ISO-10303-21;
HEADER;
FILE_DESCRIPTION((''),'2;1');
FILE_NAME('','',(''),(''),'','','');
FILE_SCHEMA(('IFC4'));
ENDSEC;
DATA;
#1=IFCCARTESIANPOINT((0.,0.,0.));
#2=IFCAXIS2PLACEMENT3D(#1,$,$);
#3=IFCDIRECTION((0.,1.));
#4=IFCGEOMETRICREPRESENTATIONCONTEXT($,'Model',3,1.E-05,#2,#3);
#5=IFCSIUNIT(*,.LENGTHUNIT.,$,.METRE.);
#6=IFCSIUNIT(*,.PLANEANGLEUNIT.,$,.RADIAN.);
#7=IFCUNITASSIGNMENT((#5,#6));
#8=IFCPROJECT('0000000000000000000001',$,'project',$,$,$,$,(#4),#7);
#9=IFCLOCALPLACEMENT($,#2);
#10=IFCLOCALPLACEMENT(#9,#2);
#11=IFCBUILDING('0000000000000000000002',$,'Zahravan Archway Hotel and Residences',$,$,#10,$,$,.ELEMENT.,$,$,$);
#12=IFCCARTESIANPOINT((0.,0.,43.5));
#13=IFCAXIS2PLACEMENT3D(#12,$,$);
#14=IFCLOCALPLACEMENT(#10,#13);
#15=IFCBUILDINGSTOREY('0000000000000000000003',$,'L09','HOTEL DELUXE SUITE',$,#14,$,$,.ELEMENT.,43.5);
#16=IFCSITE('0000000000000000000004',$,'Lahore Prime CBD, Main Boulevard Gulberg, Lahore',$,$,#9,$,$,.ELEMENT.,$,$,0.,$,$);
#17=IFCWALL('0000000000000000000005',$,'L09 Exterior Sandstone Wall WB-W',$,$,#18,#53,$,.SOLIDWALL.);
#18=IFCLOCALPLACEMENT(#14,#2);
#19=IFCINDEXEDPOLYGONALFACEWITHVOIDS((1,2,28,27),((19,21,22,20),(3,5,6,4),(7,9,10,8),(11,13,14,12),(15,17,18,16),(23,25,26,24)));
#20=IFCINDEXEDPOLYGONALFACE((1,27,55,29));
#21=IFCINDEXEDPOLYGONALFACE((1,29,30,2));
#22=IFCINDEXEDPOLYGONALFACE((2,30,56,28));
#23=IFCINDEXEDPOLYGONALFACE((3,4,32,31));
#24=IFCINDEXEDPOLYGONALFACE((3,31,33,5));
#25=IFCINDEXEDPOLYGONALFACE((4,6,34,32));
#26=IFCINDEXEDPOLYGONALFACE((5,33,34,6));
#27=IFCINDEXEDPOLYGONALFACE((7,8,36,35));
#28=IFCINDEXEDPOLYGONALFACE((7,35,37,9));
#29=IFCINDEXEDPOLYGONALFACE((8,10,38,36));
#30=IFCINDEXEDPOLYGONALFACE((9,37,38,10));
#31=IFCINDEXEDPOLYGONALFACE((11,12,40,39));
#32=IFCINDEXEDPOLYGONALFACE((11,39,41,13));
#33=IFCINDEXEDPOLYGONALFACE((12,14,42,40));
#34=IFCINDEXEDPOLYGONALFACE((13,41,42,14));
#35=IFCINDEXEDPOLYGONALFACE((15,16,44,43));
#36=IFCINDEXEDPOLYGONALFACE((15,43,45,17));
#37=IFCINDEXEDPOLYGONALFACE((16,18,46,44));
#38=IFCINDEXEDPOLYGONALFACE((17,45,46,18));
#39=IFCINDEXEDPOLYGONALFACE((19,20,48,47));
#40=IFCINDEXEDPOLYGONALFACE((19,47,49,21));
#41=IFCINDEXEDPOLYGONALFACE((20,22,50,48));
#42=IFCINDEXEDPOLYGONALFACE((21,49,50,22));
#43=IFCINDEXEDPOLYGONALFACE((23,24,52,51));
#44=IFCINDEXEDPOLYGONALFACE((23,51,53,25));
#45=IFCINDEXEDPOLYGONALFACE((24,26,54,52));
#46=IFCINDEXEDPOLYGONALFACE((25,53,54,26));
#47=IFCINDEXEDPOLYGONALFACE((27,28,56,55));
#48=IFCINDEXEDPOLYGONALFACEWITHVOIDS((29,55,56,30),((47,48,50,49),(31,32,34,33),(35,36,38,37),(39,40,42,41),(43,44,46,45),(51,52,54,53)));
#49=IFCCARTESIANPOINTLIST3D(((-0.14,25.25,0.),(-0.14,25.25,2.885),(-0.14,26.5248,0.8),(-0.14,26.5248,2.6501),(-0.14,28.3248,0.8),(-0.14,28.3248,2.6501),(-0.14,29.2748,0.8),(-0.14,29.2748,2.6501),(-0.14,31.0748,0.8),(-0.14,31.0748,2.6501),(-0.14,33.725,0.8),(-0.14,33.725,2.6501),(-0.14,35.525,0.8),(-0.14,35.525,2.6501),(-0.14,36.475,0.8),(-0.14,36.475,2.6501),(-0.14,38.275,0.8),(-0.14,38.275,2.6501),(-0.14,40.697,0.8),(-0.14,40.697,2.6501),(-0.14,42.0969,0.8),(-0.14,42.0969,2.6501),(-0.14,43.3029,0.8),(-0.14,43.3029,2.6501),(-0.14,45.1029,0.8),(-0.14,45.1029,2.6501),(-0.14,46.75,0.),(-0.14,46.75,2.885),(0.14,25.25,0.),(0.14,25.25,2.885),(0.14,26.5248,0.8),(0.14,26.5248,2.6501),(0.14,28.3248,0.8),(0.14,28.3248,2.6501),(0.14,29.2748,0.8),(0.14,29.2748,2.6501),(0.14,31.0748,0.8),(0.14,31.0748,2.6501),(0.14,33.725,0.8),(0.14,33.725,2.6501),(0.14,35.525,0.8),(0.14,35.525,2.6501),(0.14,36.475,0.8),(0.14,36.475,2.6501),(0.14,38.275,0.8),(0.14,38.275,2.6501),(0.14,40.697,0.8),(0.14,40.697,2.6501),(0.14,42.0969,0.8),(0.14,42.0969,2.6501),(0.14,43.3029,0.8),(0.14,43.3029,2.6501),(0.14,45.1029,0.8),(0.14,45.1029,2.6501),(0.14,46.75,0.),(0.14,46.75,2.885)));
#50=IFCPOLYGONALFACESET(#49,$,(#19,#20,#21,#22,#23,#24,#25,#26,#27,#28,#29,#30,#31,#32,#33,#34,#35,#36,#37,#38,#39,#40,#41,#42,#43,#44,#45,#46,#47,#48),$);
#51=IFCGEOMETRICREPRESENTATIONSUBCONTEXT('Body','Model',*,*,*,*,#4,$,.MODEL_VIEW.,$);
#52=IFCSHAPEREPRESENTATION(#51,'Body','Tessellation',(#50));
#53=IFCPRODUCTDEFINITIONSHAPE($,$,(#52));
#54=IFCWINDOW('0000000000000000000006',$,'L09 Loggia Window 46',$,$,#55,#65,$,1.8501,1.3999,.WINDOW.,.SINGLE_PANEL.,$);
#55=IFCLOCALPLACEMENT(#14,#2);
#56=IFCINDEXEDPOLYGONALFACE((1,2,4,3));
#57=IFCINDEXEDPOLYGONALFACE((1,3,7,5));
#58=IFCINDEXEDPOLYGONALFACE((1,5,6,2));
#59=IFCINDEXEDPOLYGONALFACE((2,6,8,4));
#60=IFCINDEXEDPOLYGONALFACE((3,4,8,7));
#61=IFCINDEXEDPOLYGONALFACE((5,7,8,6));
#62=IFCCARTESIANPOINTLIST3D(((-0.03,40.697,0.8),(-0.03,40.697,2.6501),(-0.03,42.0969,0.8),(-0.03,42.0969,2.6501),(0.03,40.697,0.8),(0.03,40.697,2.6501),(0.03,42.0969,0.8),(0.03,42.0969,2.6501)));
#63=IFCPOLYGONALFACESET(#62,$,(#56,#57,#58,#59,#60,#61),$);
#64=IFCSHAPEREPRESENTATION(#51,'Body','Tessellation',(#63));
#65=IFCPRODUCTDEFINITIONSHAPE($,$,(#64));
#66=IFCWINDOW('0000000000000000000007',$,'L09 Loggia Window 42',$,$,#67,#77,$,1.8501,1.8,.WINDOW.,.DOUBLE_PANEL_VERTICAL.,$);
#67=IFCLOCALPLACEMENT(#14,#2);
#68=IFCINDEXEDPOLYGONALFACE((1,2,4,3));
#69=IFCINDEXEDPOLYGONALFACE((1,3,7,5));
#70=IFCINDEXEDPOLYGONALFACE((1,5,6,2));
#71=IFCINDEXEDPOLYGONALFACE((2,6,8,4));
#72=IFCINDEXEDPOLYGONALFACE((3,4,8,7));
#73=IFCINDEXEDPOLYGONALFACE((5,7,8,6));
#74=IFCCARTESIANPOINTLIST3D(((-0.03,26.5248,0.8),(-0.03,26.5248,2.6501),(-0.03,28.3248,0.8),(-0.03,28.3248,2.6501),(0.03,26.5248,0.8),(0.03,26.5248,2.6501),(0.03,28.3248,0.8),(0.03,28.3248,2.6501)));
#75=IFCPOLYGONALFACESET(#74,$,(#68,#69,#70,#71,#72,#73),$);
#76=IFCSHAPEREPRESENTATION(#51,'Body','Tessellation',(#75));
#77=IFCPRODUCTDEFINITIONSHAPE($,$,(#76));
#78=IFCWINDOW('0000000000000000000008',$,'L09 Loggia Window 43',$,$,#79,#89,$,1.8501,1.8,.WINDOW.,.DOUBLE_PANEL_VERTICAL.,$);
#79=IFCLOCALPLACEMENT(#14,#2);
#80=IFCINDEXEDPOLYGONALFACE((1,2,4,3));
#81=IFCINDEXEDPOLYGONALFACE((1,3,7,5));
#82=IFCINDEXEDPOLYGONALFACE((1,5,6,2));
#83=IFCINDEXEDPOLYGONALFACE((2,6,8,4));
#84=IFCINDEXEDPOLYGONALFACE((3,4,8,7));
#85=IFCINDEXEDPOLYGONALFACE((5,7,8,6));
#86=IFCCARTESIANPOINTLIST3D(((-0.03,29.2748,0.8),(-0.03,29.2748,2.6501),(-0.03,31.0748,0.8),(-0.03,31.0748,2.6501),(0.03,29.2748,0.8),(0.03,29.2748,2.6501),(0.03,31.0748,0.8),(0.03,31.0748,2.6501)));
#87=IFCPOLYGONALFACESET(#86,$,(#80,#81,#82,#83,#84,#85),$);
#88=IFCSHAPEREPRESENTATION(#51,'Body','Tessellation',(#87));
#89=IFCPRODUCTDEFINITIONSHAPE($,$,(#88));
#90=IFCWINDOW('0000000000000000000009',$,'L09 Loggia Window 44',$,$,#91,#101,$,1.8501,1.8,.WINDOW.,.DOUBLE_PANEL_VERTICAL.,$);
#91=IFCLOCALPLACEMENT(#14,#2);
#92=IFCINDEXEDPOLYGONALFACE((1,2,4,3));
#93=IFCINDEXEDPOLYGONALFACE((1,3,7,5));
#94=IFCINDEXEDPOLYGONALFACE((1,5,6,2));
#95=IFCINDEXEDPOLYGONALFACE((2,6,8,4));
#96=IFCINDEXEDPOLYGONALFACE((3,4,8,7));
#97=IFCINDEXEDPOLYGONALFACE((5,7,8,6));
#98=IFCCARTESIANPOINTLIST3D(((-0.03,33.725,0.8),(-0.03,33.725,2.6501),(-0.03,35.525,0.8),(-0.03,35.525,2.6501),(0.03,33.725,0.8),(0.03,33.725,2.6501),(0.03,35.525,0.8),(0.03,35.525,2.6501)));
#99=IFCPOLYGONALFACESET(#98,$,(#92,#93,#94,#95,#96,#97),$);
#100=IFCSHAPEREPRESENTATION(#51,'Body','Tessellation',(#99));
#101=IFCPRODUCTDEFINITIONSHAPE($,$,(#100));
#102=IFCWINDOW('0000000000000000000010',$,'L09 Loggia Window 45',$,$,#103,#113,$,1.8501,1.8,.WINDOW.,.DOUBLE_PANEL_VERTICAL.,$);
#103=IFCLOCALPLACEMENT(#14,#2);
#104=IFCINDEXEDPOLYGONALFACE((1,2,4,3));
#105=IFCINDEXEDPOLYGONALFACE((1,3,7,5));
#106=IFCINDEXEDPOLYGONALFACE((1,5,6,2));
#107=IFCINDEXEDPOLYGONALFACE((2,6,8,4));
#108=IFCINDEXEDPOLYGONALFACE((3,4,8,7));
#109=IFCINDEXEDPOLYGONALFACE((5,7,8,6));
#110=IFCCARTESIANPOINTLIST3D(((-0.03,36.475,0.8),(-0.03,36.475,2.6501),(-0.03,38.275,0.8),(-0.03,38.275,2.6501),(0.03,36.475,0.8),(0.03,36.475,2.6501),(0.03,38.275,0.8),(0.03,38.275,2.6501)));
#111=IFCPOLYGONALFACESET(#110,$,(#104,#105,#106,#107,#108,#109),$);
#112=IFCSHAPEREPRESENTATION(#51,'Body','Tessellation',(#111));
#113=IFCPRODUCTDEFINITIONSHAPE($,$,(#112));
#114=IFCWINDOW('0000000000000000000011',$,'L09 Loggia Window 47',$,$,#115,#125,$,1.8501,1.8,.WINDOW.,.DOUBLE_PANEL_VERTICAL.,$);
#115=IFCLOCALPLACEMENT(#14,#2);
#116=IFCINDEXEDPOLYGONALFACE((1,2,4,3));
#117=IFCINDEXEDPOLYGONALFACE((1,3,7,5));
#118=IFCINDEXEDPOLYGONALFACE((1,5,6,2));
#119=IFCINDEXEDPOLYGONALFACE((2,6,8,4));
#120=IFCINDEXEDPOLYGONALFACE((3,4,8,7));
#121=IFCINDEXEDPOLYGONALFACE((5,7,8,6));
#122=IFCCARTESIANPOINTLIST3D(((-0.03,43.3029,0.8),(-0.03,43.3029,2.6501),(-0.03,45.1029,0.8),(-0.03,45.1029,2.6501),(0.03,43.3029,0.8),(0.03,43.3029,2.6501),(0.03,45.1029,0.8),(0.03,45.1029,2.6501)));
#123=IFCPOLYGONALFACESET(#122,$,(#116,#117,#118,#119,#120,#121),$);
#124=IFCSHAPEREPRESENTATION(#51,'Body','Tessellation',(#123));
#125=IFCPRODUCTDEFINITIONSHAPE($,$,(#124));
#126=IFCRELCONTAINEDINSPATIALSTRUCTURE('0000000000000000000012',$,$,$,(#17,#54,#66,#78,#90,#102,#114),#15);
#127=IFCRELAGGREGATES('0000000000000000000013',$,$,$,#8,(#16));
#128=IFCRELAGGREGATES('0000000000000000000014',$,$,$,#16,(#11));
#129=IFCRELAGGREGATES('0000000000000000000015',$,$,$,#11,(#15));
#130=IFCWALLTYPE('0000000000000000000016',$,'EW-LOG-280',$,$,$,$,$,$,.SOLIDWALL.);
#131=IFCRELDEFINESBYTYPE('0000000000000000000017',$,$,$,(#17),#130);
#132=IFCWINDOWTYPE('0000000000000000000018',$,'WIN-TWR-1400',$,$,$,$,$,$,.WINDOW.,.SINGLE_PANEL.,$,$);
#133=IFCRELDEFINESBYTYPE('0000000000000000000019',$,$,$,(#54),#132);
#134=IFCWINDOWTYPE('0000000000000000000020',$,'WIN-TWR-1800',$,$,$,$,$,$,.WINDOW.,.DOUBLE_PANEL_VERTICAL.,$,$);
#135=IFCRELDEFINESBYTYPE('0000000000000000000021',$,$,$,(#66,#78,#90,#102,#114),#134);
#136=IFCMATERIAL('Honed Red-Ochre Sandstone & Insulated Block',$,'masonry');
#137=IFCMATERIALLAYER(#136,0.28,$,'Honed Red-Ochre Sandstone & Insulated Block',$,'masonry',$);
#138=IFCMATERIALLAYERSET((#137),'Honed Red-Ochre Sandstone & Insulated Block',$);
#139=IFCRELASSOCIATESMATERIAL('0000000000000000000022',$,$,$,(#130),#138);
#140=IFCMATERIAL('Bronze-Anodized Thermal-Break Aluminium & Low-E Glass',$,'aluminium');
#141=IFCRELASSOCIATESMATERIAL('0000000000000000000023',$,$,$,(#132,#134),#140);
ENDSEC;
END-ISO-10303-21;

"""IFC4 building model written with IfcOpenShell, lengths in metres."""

from ifc_helpers import new_model, si_unit, direction, frame, frame_2d, origin, place, context, subcontext, project, spatial, rectangle, extrude, source, transform, mapped, material, layer, layer_set, type_object, type_shapes, element, fill, save


model = new_model("IFC4")

# Units and contexts
model_context = context("Model", 3, precision=1e-05, world=origin(), true_north=direction((0.0, 1.0)))
body_context = subcontext(model_context, "Body", "Model", "MODEL_VIEW")
ifc_project = project(units=[si_unit("LENGTHUNIT", "METRE"), si_unit("PLANEANGLEUNIT", "RADIAN")], contexts=[model_context])

# Site, building, storey
site_placement = place(None, origin())
site = spatial("IfcSite", under=ifc_project, at=site_placement, Name="Lahore Prime CBD, Main Boulevard Gulberg, Lahore", CompositionType="ELEMENT", RefElevation=0.0)
building_placement = place(site_placement, origin())
building = spatial("IfcBuilding", under=site, at=building_placement, Name="Zahravan Archway Hotel and Residences", CompositionType="ELEMENT")
storey_placement = place(building_placement, frame((0.0, 0.0, 43.5)))
storey = spatial("IfcBuildingStorey", under=building, at=storey_placement, Name="L09", Description="HOTEL DELUXE SUITE", CompositionType="ELEMENT", Elevation=43.5)

# Shared definitions
ifc_material_1 = material(Name="Honed Red-Ochre Sandstone & Insulated Block", Category="masonry")
ifc_layer_1 = layer(ifc_material_1, 0.28, Name="Honed Red-Ochre Sandstone & Insulated Block", Category="masonry")
ifc_layer_set_1 = layer_set([ifc_layer_1], Name="Honed Red-Ochre Sandstone & Insulated Block")
wall_type_1 = type_object("IfcWallType", Name="EW-LOG-280", PredefinedType="SOLIDWALL", material=ifc_layer_set_1)

# Wall, openings, windows
wall_1_placement = place(storey_placement, frame((0.0, 25.25, 0.0), z_axis=(0.0, 0.0, 1.0), x_axis=(0.0, 1.0, 0.0)))
wall_1 = element("IfcWall", 1, at=wall_1_placement, inside=storey, type_object=wall_type_1, Name="L09 Exterior Sandstone Wall WB-W", PredefinedType="SOLIDWALL", context=body_context, shape_type="SweptSolid", body=[
    extrude(rectangle(XDim=21.5, YDim=0.28, at=frame_2d((10.75, 0.0))), origin(), (0.0, 0.0, 1.0), 2.885),
])
opening_1_placement = place(wall_1_placement, frame((1.2749, 0.0, 0.8)))
opening_1 = element("IfcOpeningElement", 2, at=opening_1_placement, cuts=wall_1, PredefinedType="OPENING", context=body_context, shape_type="SweptSolid", body=[
    extrude(rectangle(XDim=1.8, YDim=1.8501, at=frame_2d((0.8999, 0.925))), frame((0.0, 0.1499, 0.0), z_axis=(0.0, -1.0, 0.0), x_axis=(1.0, 0.0, 0.0)), (0.0, 0.0, 1.0), 0.3),
])
opening_2_placement = place(wall_1_placement, frame((4.0249, 0.0, 0.8)))
opening_2 = element("IfcOpeningElement", 3, at=opening_2_placement, cuts=wall_1, PredefinedType="OPENING", context=body_context, shape_type="SweptSolid", body=[
    extrude(rectangle(XDim=1.8, YDim=1.8501, at=frame_2d((0.8999, 0.925))), frame((0.0, 0.1499, 0.0), z_axis=(0.0, -1.0, 0.0), x_axis=(1.0, 0.0, 0.0)), (0.0, 0.0, 1.0), 0.3),
])
opening_3_placement = place(wall_1_placement, frame((8.4751, 0.0, 0.8)))
opening_3 = element("IfcOpeningElement", 4, at=opening_3_placement, cuts=wall_1, PredefinedType="OPENING", context=body_context, shape_type="SweptSolid", body=[
    extrude(rectangle(XDim=1.8, YDim=1.8501, at=frame_2d((0.8999, 0.925))), frame((0.0, 0.1499, 0.0), z_axis=(0.0, -1.0, 0.0), x_axis=(1.0, 0.0, 0.0)), (0.0, 0.0, 1.0), 0.3),
])
opening_4_placement = place(wall_1_placement, frame((11.2251, 0.0, 0.8)))
opening_4 = element("IfcOpeningElement", 5, at=opening_4_placement, cuts=wall_1, PredefinedType="OPENING", context=body_context, shape_type="SweptSolid", body=[
    extrude(rectangle(XDim=1.8, YDim=1.8501, at=frame_2d((0.8999, 0.925))), frame((0.0, 0.1499, 0.0), z_axis=(0.0, -1.0, 0.0), x_axis=(1.0, 0.0, 0.0)), (0.0, 0.0, 1.0), 0.3),
])
opening_5_placement = place(wall_1_placement, frame((15.447, 0.0, 0.8)))
opening_5 = element("IfcOpeningElement", 6, at=opening_5_placement, cuts=wall_1, PredefinedType="OPENING", context=body_context, shape_type="SweptSolid", body=[
    extrude(rectangle(XDim=1.3999, YDim=1.8501, at=frame_2d((0.7, 0.925))), frame((0.0, 0.1499, 0.0), z_axis=(0.0, -1.0, 0.0), x_axis=(1.0, 0.0, 0.0)), (0.0, 0.0, 1.0), 0.3),
])
opening_6_placement = place(wall_1_placement, frame((18.053, 0.0, 0.8)))
opening_6 = element("IfcOpeningElement", 7, at=opening_6_placement, cuts=wall_1, PredefinedType="OPENING", context=body_context, shape_type="SweptSolid", body=[
    extrude(rectangle(XDim=1.8, YDim=1.8501, at=frame_2d((0.8999, 0.925))), frame((0.0, 0.1499, 0.0), z_axis=(0.0, -1.0, 0.0), x_axis=(1.0, 0.0, 0.0)), (0.0, 0.0, 1.0), 0.3),
])
ifc_material_2 = material(Name="Bronze-Anodized Thermal-Break Aluminium & Low-E Glass", Category="aluminium")
window_type_1 = type_object("IfcWindowType", Name="WIN-TWR-1400", PartitioningType="SINGLE_PANEL", PredefinedType="WINDOW", material=ifc_material_2)
shared_shape_1 = source(origin(), body_context, "Body", "SweptSolid", [
    extrude(rectangle(XDim=1.3999, YDim=1.8501, at=frame_2d((0.7, 0.925))), frame((0.0, 0.03, 0.0), z_axis=(0.0, -1.0, 0.0), x_axis=(1.0, 0.0, 0.0)), (0.0, 0.0, 1.0), 0.0601),
])
type_shapes(window_type_1, [shared_shape_1])
window_1_placement = place(opening_5_placement, origin())
window_1 = element("IfcWindow", 8, at=window_1_placement, inside=storey, type_object=window_type_1, Name="L09 Loggia Window 46", OverallHeight=1.8501, OverallWidth=1.3999, PartitioningType="SINGLE_PANEL", PredefinedType="WINDOW", context=body_context, shape_type="MappedRepresentation", body=[
    mapped(shared_shape_1, transform((0.0, 0.0, 0.0), scale=1.0)),
])
fill(opening_5, window_1)
window_type_2 = type_object("IfcWindowType", Name="WIN-TWR-1800", PartitioningType="DOUBLE_PANEL_VERTICAL", PredefinedType="WINDOW", material=ifc_material_2)
shared_shape_2 = source(origin(), body_context, "Body", "SweptSolid", [
    extrude(rectangle(XDim=1.8, YDim=1.8501, at=frame_2d((0.8999, 0.925))), frame((0.0, 0.03, 0.0), z_axis=(0.0, -1.0, 0.0), x_axis=(1.0, 0.0, 0.0)), (0.0, 0.0, 1.0), 0.0601),
])
type_shapes(window_type_2, [shared_shape_2])
window_2_placement = place(opening_1_placement, origin())
window_2 = element("IfcWindow", 9, at=window_2_placement, inside=storey, type_object=window_type_2, Name="L09 Loggia Window 42", OverallHeight=1.8501, OverallWidth=1.8, PartitioningType="DOUBLE_PANEL_VERTICAL", PredefinedType="WINDOW", context=body_context, shape_type="MappedRepresentation", body=[
    mapped(shared_shape_2, transform((0.0, 0.0, 0.0), scale=1.0)),
])
fill(opening_1, window_2)
window_3_placement = place(opening_2_placement, origin())
window_3 = element("IfcWindow", 10, at=window_3_placement, inside=storey, type_object=window_type_2, Name="L09 Loggia Window 43", OverallHeight=1.8501, OverallWidth=1.8, PartitioningType="DOUBLE_PANEL_VERTICAL", PredefinedType="WINDOW", context=body_context, shape_type="MappedRepresentation", body=[
    mapped(shared_shape_2, transform((0.0, 0.0, 0.0), scale=1.0)),
])
fill(opening_2, window_3)
window_4_placement = place(opening_3_placement, origin())
window_4 = element("IfcWindow", 11, at=window_4_placement, inside=storey, type_object=window_type_2, Name="L09 Loggia Window 44", OverallHeight=1.8501, OverallWidth=1.8, PartitioningType="DOUBLE_PANEL_VERTICAL", PredefinedType="WINDOW", context=body_context, shape_type="MappedRepresentation", body=[
    mapped(shared_shape_2, transform((0.0, 0.0, 0.0), scale=1.0)),
])
fill(opening_3, window_4)
window_5_placement = place(opening_4_placement, origin())
window_5 = element("IfcWindow", 12, at=window_5_placement, inside=storey, type_object=window_type_2, Name="L09 Loggia Window 45", OverallHeight=1.8501, OverallWidth=1.8, PartitioningType="DOUBLE_PANEL_VERTICAL", PredefinedType="WINDOW", context=body_context, shape_type="MappedRepresentation", body=[
    mapped(shared_shape_2, transform((0.0, 0.0, 0.0), scale=1.0)),
])
fill(opening_4, window_5)
window_6_placement = place(opening_6_placement, origin())
window_6 = element("IfcWindow", 13, at=window_6_placement, inside=storey, type_object=window_type_2, Name="L09 Loggia Window 47", OverallHeight=1.8501, OverallWidth=1.8, PartitioningType="DOUBLE_PANEL_VERTICAL", PredefinedType="WINDOW", context=body_context, shape_type="MappedRepresentation", body=[
    mapped(shared_shape_2, transform((0.0, 0.0, 0.0), scale=1.0)),
])
fill(opening_6, window_6)

save(model, "model.ifc")
